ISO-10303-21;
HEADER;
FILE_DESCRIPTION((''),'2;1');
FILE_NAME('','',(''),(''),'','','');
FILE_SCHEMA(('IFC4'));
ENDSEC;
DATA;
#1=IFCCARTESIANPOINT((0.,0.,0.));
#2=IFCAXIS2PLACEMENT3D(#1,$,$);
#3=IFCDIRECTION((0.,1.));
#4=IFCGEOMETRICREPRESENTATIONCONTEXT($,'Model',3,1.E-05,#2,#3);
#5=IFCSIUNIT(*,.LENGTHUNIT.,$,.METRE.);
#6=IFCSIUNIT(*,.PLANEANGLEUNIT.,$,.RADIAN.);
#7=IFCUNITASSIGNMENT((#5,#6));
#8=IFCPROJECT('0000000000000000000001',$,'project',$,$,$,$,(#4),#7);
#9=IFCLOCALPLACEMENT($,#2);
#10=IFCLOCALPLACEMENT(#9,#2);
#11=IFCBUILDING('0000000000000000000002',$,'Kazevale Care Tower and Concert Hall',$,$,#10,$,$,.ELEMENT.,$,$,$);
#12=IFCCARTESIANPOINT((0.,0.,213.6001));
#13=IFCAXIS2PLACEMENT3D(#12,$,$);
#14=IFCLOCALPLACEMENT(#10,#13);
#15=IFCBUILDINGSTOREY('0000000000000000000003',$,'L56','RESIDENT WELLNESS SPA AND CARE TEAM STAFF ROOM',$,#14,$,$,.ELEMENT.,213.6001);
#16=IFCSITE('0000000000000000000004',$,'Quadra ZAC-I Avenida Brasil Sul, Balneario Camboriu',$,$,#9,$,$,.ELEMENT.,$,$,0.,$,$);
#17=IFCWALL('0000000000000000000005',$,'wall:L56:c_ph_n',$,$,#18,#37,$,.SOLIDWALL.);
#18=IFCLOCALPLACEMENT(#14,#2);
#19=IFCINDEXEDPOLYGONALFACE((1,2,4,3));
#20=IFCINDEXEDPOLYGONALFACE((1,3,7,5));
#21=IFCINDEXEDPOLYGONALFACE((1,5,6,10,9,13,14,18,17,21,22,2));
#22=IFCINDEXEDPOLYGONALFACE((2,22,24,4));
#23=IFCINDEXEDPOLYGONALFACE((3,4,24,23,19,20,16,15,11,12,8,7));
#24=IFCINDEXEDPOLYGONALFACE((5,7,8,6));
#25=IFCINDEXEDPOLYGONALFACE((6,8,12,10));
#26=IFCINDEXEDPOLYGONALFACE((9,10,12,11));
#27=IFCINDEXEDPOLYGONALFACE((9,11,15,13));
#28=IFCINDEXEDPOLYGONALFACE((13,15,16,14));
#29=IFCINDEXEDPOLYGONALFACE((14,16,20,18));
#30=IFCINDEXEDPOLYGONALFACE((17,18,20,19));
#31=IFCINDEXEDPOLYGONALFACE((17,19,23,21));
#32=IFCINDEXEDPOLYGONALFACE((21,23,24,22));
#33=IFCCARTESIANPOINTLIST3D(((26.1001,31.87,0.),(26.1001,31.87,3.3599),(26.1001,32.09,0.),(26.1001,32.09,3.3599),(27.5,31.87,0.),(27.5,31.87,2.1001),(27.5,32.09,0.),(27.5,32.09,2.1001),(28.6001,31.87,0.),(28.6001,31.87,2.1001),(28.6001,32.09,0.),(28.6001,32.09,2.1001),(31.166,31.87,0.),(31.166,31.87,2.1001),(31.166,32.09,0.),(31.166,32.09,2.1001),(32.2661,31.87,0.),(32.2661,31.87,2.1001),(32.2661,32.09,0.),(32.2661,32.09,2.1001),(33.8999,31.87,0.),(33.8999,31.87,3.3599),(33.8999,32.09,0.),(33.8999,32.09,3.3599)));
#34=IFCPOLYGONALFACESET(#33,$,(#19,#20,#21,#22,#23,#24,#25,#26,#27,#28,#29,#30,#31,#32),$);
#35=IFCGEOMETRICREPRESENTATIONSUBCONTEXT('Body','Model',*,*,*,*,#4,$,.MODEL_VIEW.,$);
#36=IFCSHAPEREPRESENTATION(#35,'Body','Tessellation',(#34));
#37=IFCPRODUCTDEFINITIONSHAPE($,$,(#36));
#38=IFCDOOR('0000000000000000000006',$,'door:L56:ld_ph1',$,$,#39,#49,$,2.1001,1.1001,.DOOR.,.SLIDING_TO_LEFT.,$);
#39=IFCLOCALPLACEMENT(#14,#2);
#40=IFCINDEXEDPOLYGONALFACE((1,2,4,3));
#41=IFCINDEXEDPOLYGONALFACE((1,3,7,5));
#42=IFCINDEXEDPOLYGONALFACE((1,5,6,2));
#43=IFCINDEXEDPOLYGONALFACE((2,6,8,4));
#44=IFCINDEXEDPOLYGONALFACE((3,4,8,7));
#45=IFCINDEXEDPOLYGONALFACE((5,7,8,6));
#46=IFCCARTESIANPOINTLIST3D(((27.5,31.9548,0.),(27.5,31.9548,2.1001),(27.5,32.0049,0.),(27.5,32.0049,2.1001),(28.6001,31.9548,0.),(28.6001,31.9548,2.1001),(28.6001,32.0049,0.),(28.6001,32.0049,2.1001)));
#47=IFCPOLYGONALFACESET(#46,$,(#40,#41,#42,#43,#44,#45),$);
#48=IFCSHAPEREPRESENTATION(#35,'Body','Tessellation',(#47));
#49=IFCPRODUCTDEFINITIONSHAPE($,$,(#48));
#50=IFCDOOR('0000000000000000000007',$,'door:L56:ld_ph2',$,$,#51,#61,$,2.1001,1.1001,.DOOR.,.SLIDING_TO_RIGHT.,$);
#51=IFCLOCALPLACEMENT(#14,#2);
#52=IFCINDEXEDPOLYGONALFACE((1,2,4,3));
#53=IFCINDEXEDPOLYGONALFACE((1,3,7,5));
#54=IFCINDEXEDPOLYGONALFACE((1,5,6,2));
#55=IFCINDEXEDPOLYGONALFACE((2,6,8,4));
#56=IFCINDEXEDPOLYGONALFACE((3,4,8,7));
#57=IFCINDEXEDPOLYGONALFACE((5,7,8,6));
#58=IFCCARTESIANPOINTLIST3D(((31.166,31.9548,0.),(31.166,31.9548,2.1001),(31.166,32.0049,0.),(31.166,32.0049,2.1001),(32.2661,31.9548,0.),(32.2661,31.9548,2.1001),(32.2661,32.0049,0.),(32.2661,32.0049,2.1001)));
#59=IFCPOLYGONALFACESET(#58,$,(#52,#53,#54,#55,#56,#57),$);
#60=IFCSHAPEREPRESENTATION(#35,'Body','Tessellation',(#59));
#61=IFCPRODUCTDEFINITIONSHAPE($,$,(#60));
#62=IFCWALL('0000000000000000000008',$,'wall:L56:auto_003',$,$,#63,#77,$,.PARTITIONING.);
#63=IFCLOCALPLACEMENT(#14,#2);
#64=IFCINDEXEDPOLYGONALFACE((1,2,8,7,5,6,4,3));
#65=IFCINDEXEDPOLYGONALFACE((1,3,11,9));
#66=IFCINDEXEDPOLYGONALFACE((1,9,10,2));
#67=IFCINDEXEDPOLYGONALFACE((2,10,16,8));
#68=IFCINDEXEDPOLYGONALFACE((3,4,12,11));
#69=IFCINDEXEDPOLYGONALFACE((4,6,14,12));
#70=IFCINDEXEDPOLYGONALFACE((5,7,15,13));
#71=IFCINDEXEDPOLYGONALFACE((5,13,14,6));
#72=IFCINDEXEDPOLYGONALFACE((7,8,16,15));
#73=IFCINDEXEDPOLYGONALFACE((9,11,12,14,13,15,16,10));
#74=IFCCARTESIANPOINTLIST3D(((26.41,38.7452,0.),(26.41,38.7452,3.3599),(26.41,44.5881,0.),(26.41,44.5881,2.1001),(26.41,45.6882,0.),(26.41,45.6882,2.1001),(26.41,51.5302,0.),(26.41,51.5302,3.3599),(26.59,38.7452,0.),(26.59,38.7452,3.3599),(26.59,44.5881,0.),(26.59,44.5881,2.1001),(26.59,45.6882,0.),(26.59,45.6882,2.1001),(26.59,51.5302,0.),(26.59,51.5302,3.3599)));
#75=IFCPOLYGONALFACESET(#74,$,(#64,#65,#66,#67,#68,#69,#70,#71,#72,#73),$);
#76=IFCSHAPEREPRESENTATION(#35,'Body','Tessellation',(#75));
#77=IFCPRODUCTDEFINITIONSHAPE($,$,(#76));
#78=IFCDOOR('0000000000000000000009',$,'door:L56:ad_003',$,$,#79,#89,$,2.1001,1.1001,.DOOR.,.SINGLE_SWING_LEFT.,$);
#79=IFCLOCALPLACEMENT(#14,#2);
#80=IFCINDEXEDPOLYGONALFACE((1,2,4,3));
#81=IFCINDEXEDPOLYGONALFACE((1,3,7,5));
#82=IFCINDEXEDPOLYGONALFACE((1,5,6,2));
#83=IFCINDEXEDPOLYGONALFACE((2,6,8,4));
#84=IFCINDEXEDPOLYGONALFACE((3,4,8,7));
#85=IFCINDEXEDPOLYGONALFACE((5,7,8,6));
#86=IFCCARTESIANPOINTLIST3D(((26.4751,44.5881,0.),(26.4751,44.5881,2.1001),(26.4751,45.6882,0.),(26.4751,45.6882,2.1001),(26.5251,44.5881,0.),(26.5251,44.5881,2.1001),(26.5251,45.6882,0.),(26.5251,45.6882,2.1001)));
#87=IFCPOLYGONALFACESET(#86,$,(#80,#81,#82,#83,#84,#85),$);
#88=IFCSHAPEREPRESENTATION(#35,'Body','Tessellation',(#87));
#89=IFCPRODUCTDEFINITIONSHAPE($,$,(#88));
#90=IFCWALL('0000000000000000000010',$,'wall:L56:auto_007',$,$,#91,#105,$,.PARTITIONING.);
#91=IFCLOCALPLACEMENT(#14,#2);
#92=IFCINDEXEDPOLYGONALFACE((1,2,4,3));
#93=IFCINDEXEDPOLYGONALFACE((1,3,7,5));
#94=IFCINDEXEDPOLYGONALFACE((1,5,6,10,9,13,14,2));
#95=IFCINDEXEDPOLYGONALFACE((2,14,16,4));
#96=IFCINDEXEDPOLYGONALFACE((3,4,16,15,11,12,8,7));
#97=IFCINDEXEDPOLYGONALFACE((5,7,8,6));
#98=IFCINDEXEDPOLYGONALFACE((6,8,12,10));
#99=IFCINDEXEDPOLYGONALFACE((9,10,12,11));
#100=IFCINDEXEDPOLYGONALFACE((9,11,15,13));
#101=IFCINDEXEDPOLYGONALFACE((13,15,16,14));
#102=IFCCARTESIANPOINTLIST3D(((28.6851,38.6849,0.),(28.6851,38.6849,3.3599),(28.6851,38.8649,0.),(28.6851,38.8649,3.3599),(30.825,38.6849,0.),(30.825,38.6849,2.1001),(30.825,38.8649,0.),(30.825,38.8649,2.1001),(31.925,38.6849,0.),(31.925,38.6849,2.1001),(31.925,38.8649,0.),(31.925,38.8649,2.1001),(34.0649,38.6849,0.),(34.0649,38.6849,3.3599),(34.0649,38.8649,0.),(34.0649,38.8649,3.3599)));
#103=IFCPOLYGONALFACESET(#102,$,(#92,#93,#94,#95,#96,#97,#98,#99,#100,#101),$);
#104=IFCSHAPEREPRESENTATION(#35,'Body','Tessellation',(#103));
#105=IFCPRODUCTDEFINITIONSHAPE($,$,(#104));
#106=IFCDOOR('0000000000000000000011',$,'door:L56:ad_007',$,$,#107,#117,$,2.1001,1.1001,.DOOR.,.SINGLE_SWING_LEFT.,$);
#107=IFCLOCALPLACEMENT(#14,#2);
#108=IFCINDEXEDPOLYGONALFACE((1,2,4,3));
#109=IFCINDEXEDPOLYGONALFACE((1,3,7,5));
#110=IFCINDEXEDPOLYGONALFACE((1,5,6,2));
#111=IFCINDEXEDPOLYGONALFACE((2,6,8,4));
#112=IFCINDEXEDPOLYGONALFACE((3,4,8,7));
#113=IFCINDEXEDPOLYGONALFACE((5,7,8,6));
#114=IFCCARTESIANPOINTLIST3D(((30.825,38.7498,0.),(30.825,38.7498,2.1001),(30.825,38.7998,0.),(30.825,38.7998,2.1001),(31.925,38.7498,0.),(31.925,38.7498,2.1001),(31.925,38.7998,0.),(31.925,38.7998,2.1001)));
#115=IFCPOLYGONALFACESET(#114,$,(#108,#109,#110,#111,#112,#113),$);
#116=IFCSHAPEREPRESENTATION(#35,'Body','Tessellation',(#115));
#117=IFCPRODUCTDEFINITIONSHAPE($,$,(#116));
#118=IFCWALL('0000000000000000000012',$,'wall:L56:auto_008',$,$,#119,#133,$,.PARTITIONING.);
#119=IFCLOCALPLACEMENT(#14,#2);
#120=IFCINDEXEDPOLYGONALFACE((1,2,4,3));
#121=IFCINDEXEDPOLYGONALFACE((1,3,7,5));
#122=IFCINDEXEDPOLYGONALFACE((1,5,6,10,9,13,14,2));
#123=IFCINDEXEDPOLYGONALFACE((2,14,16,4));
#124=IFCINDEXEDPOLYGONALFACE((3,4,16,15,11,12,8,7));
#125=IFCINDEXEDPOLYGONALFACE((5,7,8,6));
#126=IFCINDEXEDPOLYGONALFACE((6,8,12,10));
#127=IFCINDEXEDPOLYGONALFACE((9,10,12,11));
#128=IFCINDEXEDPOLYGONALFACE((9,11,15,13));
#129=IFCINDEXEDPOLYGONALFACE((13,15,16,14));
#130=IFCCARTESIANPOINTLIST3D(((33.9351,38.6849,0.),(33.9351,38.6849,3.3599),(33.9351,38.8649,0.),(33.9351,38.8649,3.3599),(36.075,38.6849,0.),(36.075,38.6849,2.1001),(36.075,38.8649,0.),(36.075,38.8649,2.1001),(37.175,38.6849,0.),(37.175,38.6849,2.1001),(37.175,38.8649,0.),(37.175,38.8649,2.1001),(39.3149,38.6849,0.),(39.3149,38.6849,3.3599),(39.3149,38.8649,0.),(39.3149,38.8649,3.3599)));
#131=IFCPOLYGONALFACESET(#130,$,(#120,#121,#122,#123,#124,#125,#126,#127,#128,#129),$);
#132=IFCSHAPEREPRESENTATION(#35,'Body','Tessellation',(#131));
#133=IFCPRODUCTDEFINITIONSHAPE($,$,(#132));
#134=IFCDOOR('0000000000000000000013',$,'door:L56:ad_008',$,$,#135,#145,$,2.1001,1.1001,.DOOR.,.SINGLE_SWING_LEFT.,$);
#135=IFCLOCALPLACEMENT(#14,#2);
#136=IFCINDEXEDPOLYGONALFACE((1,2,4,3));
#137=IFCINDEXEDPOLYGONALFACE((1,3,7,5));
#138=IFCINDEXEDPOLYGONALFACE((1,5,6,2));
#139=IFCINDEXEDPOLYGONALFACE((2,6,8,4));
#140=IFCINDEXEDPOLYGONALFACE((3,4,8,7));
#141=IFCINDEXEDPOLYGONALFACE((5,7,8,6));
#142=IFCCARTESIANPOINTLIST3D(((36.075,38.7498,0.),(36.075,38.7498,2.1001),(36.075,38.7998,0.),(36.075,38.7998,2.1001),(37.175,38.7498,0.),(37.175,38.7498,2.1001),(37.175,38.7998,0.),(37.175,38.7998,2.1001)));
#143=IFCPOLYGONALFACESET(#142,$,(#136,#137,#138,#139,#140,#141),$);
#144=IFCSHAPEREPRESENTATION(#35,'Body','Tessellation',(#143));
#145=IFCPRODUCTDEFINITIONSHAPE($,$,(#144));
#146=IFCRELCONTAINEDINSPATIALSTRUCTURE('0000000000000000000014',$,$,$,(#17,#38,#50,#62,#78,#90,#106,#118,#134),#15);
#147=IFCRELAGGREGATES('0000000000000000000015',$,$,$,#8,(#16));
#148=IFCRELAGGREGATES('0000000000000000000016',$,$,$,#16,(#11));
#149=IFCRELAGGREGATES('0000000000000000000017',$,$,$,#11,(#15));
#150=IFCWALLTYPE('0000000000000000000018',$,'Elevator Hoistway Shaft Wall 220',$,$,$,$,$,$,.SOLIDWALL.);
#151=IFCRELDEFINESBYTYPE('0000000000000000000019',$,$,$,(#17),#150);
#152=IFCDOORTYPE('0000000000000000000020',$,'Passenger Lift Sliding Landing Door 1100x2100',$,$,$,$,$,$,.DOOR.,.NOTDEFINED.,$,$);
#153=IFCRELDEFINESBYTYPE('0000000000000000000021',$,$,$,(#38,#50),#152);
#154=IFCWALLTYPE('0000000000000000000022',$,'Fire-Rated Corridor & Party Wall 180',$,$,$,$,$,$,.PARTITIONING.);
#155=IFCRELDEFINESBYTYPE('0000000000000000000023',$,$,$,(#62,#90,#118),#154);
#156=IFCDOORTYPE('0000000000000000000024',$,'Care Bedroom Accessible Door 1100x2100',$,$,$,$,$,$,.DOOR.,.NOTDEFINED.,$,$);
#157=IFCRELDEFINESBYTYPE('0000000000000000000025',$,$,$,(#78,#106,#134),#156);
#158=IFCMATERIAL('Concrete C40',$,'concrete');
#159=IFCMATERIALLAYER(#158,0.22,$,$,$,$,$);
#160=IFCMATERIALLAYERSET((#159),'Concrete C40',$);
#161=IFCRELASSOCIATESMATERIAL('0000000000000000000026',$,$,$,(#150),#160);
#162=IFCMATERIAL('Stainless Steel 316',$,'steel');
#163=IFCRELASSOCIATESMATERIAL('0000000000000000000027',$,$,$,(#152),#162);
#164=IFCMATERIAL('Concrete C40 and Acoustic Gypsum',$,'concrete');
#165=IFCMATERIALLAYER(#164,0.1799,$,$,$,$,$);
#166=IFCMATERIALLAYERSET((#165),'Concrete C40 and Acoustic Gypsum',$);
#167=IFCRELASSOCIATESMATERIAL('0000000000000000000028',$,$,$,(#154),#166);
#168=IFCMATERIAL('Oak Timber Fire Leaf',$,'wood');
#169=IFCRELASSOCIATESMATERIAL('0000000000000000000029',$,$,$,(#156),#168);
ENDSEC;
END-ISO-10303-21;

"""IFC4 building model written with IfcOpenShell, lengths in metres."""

from ifc_helpers import new_model, si_unit, direction, frame, frame_2d, origin, place, context, subcontext, project, spatial, rectangle, extrude, material, layer, layer_set, type_object, element, fill, save


model = new_model("IFC4")

# Units and contexts
model_context = context("Model", 3, precision=1e-05, world=origin(), true_north=direction((0.0, 1.0)))
body_context = subcontext(model_context, "Body", "Model", "MODEL_VIEW")
ifc_project = project(units=[si_unit("LENGTHUNIT", "METRE"), si_unit("PLANEANGLEUNIT", "RADIAN")], contexts=[model_context])

# Site, building, storey
site_placement = place(None, origin())
site = spatial("IfcSite", under=ifc_project, at=site_placement, Name="Quadra ZAC-I Avenida Brasil Sul, Balneario Camboriu", CompositionType="ELEMENT", RefElevation=0.0)
building_placement = place(site_placement, origin())
building = spatial("IfcBuilding", under=site, at=building_placement, Name="Kazevale Care Tower and Concert Hall", CompositionType="ELEMENT")
storey_placement = place(building_placement, frame((0.0, 0.0, 213.6001)))
storey = spatial("IfcBuildingStorey", under=building, at=storey_placement, Name="L56", Description="RESIDENT WELLNESS SPA AND CARE TEAM STAFF ROOM", CompositionType="ELEMENT", Elevation=213.6001)

# Shared definitions
ifc_material_1 = material(Name="Oak Timber Fire Leaf", Category="wood")

# Shared definitions
ifc_material_2 = material(Name="Concrete C40", Category="concrete")
ifc_layer_1 = layer(ifc_material_2, 0.22)
ifc_layer_set_1 = layer_set([ifc_layer_1], Name="Concrete C40")
wall_type_1 = type_object("IfcWallType", Name="Elevator Hoistway Shaft Wall 220", PredefinedType="SOLIDWALL", material=ifc_layer_set_1)

# Wall, openings, doors
wall_1_placement = place(storey_placement, frame((26.1001, 31.98, 0.0), z_axis=(0.0, 0.0, 1.0), x_axis=(1.0, 0.0, 0.0)))
wall_1 = element("IfcWall", 1, at=wall_1_placement, inside=storey, type_object=wall_type_1, Name="wall:L56:c_ph_n", PredefinedType="SOLIDWALL", context=body_context, shape_type="SweptSolid", body=[
    extrude(rectangle(XDim=7.7998, YDim=0.22, at=frame_2d((3.8999, 0.0))), origin(), (0.0, 0.0, 1.0), 3.3599),
])
opening_1_placement = place(wall_1_placement, frame((1.3999, 0.0, 0.0)))
opening_1 = element("IfcOpeningElement", 2, at=opening_1_placement, cuts=wall_1, PredefinedType="OPENING", context=body_context, shape_type="SweptSolid", body=[
    extrude(rectangle(XDim=1.1001, YDim=2.1001, at=frame_2d((0.55, 1.05))), frame((0.0, 0.1199, 0.0), z_axis=(0.0, -1.0, 0.0), x_axis=(1.0, 0.0, 0.0)), (0.0, 0.0, 1.0), 0.24),
])
opening_2_placement = place(wall_1_placement, frame((5.0659, 0.0, 0.0)))
opening_2 = element("IfcOpeningElement", 3, at=opening_2_placement, cuts=wall_1, PredefinedType="OPENING", context=body_context, shape_type="SweptSolid", body=[
    extrude(rectangle(XDim=1.1001, YDim=2.1001, at=frame_2d((0.55, 1.05))), frame((0.0, 0.1199, 0.0), z_axis=(0.0, -1.0, 0.0), x_axis=(1.0, 0.0, 0.0)), (0.0, 0.0, 1.0), 0.24),
])
ifc_material_3 = material(Name="Stainless Steel 316", Category="steel")
door_type_1 = type_object("IfcDoorType", Name="Passenger Lift Sliding Landing Door 1100x2100", OperationType="NOTDEFINED", PredefinedType="DOOR", material=ifc_material_3)
door_1_placement = place(opening_1_placement, origin())
door_1 = element("IfcDoor", 4, at=door_1_placement, inside=storey, type_object=door_type_1, Name="door:L56:ld_ph1", OperationType="SLIDING_TO_LEFT", OverallHeight=2.1001, OverallWidth=1.1001, PredefinedType="DOOR", context=body_context, shape_type="SweptSolid", body=[
    extrude(rectangle(XDim=1.1001, YDim=2.1001, at=frame_2d((0.55, 1.05))), frame((0.0, 0.0249, 0.0), z_axis=(0.0, -1.0, 0.0), x_axis=(1.0, 0.0, 0.0)), (0.0, 0.0, 1.0), 0.05),
])
fill(opening_1, door_1)
door_2_placement = place(opening_2_placement, origin())
door_2 = element("IfcDoor", 5, at=door_2_placement, inside=storey, type_object=door_type_1, Name="door:L56:ld_ph2", OperationType="SLIDING_TO_RIGHT", OverallHeight=2.1001, OverallWidth=1.1001, PredefinedType="DOOR", context=body_context, shape_type="SweptSolid", body=[
    extrude(rectangle(XDim=1.1001, YDim=2.1001, at=frame_2d((0.55, 1.05))), frame((0.0, 0.0249, 0.0), z_axis=(0.0, -1.0, 0.0), x_axis=(1.0, 0.0, 0.0)), (0.0, 0.0, 1.0), 0.05),
])
fill(opening_2, door_2)

# Walls, openings, doors
ifc_material_4 = material(Name="Concrete C40 and Acoustic Gypsum", Category="concrete")
ifc_layer_2 = layer(ifc_material_4, 0.1799)
ifc_layer_set_2 = layer_set([ifc_layer_2], Name="Concrete C40 and Acoustic Gypsum")
wall_type_2 = type_object("IfcWallType", Name="Fire-Rated Corridor & Party Wall 180", PredefinedType="PARTITIONING", material=ifc_layer_set_2)
wall_2_placement = place(storey_placement, frame((26.5, 38.7451, 0.0), z_axis=(0.0, 0.0, 1.0), x_axis=(0.0, 1.0, 0.0)))
wall_2 = element("IfcWall", 6, at=wall_2_placement, inside=storey, type_object=wall_type_2, Name="wall:L56:auto_003", PredefinedType="PARTITIONING", context=body_context, shape_type="SweptSolid", body=[
    extrude(rectangle(XDim=12.7849, YDim=0.1799, at=frame_2d((6.3926, 0.0))), origin(), (0.0, 0.0, 1.0), 3.3599),
])
opening_3_placement = place(wall_2_placement, frame((5.843, 0.0, 0.0)))
opening_3 = element("IfcOpeningElement", 7, at=opening_3_placement, cuts=wall_2, PredefinedType="OPENING", context=body_context, shape_type="SweptSolid", body=[
    extrude(rectangle(XDim=1.1001, YDim=2.1001, at=frame_2d((0.55, 1.05))), frame((0.0, 0.0999, 0.0), z_axis=(0.0, -1.0, 0.0), x_axis=(1.0, 0.0, 0.0)), (0.0, 0.0, 1.0), 0.2),
])
door_type_2 = type_object("IfcDoorType", Name="Care Bedroom Accessible Door 1100x2100", OperationType="NOTDEFINED", PredefinedType="DOOR", material=ifc_material_1)
door_3_placement = place(opening_3_placement, origin())
door_3 = element("IfcDoor", 8, at=door_3_placement, inside=storey, type_object=door_type_2, Name="door:L56:ad_003", OperationType="SINGLE_SWING_LEFT", OverallHeight=2.1001, OverallWidth=1.1001, PredefinedType="DOOR", context=body_context, shape_type="SweptSolid", body=[
    extrude(rectangle(XDim=1.1001, YDim=2.1001, at=frame_2d((0.55, 1.05))), frame((0.0, 0.0249, 0.0), z_axis=(0.0, -1.0, 0.0), x_axis=(1.0, 0.0, 0.0)), (0.0, 0.0, 1.0), 0.05),
])
fill(opening_3, door_3)
wall_3_placement = place(storey_placement, frame((28.6851, 38.7749, 0.0), z_axis=(0.0, 0.0, 1.0), x_axis=(1.0, 0.0, 0.0)))
wall_3 = element("IfcWall", 9, at=wall_3_placement, inside=storey, type_object=wall_type_2, Name="wall:L56:auto_007", PredefinedType="PARTITIONING", context=body_context, shape_type="SweptSolid", body=[
    extrude(rectangle(XDim=5.3799, YDim=0.1799, at=frame_2d((2.6899, 0.0))), origin(), (0.0, 0.0, 1.0), 3.3599),
])
opening_4_placement = place(wall_3_placement, frame((2.1399, 0.0, 0.0)))
opening_4 = element("IfcOpeningElement", 10, at=opening_4_placement, cuts=wall_3, PredefinedType="OPENING", context=body_context, shape_type="SweptSolid", body=[
    extrude(rectangle(XDim=1.1001, YDim=2.1001, at=frame_2d((0.55, 1.05))), frame((0.0, 0.0999, 0.0), z_axis=(0.0, -1.0, 0.0), x_axis=(1.0, 0.0, 0.0)), (0.0, 0.0, 1.0), 0.2),
])
door_4_placement = place(opening_4_placement, origin())
door_4 = element("IfcDoor", 11, at=door_4_placement, inside=storey, type_object=door_type_2, Name="door:L56:ad_007", OperationType="SINGLE_SWING_LEFT", OverallHeight=2.1001, OverallWidth=1.1001, PredefinedType="DOOR", context=body_context, shape_type="SweptSolid", body=[
    extrude(rectangle(XDim=1.1001, YDim=2.1001, at=frame_2d((0.55, 1.05))), frame((0.0, 0.0249, 0.0), z_axis=(0.0, -1.0, 0.0), x_axis=(1.0, 0.0, 0.0)), (0.0, 0.0, 1.0), 0.05),
])
fill(opening_4, door_4)
wall_4_placement = place(storey_placement, frame((33.9351, 38.7749, 0.0), z_axis=(0.0, 0.0, 1.0), x_axis=(1.0, 0.0, 0.0)))
wall_4 = element("IfcWall", 12, at=wall_4_placement, inside=storey, type_object=wall_type_2, Name="wall:L56:auto_008", PredefinedType="PARTITIONING", context=body_context, shape_type="SweptSolid", body=[
    extrude(rectangle(XDim=5.3799, YDim=0.1799, at=frame_2d((2.6899, 0.0))), origin(), (0.0, 0.0, 1.0), 3.3599),
])
opening_5_placement = place(wall_4_placement, frame((2.1399, 0.0, 0.0)))
opening_5 = element("IfcOpeningElement", 13, at=opening_5_placement, cuts=wall_4, PredefinedType="OPENING", context=body_context, shape_type="SweptSolid", body=[
    extrude(rectangle(XDim=1.1001, YDim=2.1001, at=frame_2d((0.55, 1.05))), frame((0.0, 0.0999, 0.0), z_axis=(0.0, -1.0, 0.0), x_axis=(1.0, 0.0, 0.0)), (0.0, 0.0, 1.0), 0.2),
])
door_5_placement = place(opening_5_placement, origin())
door_5 = element("IfcDoor", 14, at=door_5_placement, inside=storey, type_object=door_type_2, Name="door:L56:ad_008", OperationType="SINGLE_SWING_LEFT", OverallHeight=2.1001, OverallWidth=1.1001, PredefinedType="DOOR", context=body_context, shape_type="SweptSolid", body=[
    extrude(rectangle(XDim=1.1001, YDim=2.1001, at=frame_2d((0.55, 1.05))), frame((0.0, 0.0249, 0.0), z_axis=(0.0, -1.0, 0.0), x_axis=(1.0, 0.0, 0.0)), (0.0, 0.0, 1.0), 0.05),
])
fill(opening_5, door_5)

save(model, "model.ifc")
